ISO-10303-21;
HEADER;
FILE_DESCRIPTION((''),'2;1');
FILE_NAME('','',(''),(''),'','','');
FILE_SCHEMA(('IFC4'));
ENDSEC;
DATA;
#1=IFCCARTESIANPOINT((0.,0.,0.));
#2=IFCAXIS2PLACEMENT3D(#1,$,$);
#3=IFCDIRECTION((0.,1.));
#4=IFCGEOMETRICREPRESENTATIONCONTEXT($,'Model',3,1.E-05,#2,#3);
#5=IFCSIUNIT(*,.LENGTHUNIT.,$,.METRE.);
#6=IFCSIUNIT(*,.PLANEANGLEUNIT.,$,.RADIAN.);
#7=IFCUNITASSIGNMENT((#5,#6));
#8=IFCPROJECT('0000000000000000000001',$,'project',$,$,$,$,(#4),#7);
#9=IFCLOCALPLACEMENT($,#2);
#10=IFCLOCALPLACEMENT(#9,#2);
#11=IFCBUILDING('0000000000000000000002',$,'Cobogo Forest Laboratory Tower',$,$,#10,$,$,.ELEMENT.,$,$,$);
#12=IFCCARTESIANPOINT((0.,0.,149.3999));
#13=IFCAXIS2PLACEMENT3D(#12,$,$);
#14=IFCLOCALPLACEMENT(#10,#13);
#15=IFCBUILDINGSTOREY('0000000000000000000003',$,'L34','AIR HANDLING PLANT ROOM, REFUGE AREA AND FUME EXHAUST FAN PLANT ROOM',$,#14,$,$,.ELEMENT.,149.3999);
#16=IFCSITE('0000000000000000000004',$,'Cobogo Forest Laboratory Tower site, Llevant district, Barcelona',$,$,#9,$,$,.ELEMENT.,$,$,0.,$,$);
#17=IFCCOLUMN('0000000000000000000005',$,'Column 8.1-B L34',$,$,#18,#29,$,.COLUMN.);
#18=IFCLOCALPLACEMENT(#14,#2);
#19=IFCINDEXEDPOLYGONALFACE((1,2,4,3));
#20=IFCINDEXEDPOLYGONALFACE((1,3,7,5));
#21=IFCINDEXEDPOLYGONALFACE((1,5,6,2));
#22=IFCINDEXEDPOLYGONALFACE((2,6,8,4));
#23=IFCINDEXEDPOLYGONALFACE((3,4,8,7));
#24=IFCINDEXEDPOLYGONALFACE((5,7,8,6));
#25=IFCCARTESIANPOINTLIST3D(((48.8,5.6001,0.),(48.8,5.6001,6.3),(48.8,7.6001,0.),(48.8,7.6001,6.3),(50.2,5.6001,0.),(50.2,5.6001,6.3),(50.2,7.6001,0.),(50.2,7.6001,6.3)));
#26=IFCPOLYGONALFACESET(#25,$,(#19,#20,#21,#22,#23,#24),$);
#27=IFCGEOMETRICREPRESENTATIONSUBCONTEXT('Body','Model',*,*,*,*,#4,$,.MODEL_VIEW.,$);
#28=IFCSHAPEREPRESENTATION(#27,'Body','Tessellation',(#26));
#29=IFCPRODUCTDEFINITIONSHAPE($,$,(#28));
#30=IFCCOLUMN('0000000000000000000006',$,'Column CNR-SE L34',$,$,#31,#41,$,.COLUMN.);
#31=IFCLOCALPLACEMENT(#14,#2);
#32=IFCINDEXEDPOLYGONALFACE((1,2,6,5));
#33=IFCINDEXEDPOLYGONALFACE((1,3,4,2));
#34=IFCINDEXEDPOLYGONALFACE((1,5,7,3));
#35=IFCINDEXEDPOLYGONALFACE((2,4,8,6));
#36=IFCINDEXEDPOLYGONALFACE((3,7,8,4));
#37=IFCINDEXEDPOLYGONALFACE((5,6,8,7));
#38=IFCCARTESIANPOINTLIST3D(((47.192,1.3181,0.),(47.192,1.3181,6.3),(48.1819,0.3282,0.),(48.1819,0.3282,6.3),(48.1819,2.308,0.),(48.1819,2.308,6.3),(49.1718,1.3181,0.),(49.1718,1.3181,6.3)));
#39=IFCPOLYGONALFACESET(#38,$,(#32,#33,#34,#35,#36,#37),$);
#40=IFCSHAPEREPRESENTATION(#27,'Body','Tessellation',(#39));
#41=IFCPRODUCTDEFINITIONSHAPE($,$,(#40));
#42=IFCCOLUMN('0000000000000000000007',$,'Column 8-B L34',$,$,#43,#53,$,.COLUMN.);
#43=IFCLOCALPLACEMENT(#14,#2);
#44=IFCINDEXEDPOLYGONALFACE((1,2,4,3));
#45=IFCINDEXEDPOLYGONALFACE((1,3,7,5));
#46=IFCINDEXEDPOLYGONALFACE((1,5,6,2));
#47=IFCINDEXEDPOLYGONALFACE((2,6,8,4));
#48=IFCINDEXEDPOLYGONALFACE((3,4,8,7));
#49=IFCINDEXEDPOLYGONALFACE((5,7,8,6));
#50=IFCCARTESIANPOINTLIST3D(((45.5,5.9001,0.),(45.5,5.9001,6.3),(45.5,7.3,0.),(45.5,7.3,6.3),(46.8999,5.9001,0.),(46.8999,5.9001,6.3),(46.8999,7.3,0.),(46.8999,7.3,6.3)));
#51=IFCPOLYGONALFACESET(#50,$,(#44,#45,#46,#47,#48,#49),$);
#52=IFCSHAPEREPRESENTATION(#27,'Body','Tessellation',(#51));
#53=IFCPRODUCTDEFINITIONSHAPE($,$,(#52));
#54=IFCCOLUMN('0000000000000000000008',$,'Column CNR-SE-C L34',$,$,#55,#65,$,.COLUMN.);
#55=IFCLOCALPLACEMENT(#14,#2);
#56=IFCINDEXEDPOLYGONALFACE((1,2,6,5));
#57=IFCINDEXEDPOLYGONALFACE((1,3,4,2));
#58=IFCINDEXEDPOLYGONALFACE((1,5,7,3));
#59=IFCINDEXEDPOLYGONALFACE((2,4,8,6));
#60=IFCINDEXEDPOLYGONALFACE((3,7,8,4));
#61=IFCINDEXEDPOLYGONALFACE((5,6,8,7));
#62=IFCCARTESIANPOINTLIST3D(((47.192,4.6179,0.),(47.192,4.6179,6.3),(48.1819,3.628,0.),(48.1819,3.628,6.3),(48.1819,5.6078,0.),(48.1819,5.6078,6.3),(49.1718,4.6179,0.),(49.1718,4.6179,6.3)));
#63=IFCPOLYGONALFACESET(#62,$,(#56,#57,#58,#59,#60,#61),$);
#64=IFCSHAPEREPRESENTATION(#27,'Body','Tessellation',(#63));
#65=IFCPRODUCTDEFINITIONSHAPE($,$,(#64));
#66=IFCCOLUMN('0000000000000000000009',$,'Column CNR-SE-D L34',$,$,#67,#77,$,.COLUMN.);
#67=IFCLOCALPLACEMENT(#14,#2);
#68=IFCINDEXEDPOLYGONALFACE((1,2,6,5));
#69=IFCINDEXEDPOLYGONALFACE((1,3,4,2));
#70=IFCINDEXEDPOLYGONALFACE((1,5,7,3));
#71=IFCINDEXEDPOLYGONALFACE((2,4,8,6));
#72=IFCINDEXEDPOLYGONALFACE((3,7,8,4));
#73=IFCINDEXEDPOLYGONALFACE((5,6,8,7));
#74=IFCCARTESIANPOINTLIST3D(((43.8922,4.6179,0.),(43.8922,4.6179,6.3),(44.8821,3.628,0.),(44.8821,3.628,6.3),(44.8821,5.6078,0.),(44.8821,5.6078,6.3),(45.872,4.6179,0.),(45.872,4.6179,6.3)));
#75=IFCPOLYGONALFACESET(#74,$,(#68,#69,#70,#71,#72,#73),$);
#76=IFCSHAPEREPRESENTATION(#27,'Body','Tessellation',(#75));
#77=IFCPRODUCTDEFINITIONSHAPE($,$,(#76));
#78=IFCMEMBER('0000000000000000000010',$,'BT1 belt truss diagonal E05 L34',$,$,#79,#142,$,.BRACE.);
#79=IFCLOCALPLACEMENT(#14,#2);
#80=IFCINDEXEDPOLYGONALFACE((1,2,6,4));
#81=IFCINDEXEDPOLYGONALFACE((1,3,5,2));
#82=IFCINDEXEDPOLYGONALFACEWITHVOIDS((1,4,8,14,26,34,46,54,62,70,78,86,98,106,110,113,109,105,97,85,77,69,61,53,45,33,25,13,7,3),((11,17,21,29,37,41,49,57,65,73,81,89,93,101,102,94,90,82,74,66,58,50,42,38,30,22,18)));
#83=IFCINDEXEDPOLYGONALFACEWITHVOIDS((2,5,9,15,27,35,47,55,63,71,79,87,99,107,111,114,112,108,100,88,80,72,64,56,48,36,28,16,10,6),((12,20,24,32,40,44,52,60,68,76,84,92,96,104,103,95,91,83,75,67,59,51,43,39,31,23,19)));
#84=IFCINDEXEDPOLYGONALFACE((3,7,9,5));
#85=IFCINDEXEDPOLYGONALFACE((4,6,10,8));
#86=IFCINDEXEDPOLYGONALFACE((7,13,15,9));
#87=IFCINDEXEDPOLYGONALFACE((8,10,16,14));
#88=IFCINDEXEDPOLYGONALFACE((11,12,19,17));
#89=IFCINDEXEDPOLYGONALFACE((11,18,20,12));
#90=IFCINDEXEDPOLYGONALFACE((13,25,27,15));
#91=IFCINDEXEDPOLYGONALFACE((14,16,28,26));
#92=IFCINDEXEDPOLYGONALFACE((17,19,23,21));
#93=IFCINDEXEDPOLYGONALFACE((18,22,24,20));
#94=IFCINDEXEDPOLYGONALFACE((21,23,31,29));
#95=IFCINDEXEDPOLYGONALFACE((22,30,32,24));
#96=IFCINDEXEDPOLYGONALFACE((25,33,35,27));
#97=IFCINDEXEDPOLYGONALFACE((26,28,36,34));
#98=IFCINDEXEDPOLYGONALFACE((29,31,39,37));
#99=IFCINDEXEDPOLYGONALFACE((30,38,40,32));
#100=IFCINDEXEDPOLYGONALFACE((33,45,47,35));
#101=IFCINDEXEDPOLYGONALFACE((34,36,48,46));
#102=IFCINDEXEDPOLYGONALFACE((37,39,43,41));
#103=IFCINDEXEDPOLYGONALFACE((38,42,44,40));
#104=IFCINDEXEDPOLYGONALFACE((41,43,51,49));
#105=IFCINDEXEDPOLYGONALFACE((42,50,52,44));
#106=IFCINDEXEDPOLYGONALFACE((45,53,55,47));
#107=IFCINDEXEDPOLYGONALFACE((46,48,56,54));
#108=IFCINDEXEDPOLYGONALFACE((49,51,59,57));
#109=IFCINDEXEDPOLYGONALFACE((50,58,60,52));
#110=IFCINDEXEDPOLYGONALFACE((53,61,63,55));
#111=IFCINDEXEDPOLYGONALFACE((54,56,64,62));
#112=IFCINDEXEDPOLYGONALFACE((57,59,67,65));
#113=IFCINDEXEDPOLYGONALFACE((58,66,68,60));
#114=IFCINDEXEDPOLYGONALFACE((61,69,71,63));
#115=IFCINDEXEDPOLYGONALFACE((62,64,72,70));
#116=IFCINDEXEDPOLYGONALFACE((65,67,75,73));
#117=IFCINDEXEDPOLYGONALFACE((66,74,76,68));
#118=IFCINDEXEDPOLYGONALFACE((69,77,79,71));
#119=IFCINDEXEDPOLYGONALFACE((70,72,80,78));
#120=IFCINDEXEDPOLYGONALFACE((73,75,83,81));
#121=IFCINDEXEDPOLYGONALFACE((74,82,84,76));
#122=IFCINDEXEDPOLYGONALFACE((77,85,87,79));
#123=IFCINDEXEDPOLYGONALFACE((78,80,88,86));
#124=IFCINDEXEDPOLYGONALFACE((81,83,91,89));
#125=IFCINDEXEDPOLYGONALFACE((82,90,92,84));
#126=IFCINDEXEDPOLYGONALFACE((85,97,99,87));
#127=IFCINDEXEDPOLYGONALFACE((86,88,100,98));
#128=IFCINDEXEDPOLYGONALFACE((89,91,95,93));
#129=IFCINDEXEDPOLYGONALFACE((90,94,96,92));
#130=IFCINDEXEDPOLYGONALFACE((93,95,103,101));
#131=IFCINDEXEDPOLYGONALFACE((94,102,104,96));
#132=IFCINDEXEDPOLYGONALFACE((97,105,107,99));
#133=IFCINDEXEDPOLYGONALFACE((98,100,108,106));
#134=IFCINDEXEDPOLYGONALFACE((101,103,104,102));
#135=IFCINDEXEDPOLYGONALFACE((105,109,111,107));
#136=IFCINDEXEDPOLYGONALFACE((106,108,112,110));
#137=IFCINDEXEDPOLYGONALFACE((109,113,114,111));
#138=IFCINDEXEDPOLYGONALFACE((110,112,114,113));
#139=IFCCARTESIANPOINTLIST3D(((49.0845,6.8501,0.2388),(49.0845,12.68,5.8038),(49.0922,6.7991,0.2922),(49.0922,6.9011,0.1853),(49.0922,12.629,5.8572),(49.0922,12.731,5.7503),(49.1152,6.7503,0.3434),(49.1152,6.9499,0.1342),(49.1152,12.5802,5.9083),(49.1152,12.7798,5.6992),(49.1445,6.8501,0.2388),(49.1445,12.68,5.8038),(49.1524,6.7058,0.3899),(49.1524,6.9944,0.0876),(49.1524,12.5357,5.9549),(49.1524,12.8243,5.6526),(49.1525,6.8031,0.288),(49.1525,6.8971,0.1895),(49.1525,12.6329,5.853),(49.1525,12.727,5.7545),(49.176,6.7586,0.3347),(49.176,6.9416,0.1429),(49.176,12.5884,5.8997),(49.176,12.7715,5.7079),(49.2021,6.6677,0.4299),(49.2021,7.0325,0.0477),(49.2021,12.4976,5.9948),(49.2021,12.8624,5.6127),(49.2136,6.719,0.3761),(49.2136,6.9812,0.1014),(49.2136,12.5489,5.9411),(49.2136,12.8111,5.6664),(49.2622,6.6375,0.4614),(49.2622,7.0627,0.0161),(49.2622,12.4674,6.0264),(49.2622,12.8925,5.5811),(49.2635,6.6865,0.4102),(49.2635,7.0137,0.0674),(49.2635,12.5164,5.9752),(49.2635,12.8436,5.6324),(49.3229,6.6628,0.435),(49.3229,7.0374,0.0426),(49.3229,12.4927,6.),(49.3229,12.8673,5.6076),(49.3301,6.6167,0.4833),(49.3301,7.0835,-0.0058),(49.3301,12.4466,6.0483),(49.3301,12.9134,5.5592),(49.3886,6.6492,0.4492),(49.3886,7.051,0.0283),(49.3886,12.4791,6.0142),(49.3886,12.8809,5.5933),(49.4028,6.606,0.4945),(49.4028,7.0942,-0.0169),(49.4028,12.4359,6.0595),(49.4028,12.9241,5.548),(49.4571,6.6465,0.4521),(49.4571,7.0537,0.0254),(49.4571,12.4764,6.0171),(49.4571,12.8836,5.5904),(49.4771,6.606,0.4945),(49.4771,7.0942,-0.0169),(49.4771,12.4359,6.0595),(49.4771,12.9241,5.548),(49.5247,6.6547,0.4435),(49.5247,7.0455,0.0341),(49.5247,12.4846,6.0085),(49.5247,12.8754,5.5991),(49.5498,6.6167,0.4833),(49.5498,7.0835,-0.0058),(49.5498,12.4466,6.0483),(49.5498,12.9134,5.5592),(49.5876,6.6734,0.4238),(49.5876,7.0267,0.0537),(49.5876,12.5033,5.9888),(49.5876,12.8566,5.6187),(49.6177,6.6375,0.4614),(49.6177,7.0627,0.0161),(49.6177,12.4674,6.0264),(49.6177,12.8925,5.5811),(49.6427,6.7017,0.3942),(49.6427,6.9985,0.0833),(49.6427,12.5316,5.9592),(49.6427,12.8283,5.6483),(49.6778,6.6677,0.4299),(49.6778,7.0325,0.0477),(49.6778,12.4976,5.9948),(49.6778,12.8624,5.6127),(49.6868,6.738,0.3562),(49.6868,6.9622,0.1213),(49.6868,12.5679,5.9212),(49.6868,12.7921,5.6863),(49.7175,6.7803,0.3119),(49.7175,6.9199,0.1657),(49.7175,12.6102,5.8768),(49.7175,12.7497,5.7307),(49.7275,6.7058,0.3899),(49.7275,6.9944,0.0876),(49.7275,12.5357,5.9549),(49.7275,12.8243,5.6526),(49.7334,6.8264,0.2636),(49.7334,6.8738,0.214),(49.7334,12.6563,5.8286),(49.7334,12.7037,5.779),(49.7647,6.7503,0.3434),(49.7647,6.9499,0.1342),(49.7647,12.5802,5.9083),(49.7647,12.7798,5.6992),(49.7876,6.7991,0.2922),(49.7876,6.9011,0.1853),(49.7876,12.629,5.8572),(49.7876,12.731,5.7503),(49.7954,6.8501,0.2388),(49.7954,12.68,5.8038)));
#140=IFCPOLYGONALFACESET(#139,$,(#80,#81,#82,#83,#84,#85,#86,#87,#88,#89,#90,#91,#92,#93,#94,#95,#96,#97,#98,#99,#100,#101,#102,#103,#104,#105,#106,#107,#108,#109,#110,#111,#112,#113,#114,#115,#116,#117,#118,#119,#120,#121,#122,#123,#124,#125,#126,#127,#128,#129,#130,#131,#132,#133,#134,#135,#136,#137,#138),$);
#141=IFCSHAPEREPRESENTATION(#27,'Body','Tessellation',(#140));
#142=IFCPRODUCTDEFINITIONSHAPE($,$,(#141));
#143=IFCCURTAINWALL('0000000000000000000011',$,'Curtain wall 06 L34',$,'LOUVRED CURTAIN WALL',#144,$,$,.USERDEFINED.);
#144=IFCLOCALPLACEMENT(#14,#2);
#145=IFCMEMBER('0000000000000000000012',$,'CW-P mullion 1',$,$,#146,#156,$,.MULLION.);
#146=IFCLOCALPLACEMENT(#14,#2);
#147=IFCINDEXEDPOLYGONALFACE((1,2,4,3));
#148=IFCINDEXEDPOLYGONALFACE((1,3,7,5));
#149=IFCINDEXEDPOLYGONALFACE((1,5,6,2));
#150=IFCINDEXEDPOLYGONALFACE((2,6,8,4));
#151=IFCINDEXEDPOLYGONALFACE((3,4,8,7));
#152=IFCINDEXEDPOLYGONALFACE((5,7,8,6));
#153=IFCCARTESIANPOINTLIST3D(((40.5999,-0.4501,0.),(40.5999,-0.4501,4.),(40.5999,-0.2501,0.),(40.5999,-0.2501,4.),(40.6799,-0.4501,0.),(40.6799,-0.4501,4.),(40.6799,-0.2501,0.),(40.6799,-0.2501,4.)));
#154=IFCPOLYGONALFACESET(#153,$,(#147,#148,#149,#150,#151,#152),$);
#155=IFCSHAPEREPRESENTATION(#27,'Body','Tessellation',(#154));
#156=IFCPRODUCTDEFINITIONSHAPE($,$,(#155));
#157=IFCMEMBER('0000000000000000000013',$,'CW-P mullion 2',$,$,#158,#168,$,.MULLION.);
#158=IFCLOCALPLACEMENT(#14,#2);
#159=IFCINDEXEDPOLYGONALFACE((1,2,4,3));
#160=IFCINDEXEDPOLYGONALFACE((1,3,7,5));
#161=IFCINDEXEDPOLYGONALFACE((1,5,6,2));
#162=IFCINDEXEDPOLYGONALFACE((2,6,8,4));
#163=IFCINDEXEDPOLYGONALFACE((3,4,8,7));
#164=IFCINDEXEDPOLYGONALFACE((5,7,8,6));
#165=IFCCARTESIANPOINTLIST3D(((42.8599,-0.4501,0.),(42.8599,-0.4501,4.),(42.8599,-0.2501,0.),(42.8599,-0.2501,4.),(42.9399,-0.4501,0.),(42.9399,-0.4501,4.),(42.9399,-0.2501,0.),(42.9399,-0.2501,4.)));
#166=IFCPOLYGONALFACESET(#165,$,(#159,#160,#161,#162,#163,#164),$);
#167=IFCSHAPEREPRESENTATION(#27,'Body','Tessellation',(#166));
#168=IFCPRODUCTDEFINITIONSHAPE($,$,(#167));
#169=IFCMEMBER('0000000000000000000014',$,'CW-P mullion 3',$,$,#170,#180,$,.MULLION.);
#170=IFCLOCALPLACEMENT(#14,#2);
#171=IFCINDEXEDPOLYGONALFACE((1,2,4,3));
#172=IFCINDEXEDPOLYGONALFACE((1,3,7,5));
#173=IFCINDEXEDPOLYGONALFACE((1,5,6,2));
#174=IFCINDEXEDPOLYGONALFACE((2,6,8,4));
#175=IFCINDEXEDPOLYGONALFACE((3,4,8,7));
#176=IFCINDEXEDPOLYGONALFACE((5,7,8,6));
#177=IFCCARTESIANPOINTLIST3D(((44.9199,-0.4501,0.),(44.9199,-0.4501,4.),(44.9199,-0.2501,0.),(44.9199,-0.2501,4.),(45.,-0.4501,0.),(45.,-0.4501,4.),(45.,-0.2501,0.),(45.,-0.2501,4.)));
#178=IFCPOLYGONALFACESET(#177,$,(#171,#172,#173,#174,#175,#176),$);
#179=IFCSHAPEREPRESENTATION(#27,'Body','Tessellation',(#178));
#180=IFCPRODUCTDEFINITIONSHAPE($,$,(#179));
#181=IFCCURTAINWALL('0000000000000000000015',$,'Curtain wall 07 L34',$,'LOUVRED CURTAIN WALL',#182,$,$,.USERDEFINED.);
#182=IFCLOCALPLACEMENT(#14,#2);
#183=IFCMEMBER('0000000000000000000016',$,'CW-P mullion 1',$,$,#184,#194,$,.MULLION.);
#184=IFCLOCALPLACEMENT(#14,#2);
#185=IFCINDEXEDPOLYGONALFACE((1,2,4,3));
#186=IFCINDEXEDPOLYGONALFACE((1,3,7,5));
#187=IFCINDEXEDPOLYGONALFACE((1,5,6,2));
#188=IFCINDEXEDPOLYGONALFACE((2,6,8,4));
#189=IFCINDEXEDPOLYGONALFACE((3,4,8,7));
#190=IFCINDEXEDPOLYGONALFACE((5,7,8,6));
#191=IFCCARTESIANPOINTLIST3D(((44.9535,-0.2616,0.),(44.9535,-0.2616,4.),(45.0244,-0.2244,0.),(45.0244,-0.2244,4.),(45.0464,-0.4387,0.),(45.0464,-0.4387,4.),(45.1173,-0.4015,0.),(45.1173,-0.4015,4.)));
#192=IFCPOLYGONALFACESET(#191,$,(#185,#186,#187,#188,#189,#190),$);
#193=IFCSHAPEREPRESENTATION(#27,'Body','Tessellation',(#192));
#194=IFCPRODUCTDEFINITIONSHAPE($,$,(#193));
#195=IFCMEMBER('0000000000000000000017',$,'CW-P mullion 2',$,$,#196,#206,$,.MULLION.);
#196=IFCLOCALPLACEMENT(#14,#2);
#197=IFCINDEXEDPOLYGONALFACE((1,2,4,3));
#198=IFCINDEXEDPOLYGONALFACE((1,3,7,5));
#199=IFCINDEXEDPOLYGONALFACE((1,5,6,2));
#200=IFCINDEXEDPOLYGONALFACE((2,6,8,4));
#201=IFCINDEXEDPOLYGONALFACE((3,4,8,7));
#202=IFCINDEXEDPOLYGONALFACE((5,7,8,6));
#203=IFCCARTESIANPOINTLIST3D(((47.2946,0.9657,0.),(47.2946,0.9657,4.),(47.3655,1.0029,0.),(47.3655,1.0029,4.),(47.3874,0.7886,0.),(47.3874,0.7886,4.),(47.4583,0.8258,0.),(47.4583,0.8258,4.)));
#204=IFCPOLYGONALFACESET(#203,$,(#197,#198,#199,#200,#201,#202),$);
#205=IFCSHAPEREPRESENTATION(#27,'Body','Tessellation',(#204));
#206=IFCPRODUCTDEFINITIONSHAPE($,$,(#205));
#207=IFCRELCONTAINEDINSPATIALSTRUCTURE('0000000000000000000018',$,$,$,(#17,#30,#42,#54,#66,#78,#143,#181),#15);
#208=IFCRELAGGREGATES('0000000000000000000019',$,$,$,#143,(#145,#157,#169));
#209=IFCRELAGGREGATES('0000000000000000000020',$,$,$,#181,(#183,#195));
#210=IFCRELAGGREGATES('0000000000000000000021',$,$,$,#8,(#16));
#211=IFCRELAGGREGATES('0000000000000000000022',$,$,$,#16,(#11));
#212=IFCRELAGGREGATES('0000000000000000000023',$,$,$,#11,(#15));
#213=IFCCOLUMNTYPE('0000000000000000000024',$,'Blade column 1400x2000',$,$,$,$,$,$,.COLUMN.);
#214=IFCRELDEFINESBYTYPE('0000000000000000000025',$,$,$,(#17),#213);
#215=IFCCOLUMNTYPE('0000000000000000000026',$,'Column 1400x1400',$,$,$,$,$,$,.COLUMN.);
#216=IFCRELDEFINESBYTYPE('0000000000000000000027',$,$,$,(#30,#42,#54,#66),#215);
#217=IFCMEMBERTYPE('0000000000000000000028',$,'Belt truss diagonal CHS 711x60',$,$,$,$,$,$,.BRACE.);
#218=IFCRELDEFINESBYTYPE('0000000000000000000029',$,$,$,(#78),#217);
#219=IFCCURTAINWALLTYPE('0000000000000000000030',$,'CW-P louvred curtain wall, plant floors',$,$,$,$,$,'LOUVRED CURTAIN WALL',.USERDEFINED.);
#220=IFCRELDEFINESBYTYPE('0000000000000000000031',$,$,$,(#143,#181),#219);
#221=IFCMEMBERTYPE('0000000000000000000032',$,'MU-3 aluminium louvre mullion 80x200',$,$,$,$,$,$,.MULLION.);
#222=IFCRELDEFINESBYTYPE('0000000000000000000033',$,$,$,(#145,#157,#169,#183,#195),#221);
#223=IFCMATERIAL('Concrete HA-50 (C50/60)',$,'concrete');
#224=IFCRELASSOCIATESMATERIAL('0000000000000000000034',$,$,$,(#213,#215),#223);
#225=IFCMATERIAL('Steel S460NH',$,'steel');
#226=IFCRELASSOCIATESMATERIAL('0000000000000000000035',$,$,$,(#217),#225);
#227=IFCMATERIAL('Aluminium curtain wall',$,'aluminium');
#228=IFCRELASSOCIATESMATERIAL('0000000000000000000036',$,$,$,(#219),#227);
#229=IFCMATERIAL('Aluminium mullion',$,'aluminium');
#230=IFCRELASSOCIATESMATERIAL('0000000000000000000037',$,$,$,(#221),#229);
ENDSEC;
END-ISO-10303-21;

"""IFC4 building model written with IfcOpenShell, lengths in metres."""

from ifc_helpers import new_model, si_unit, direction, frame, origin, origin_2d, place, context, subcontext, project, spatial, rectangle, hollow_circle, extrude, material, material_profile, profile_set, type_object, element, aggregate, save


model = new_model("IFC4")

# Units and contexts
model_context = context("Model", 3, precision=1e-05, world=origin(), true_north=direction((0.0, 1.0)))
body_context = subcontext(model_context, "Body", "Model", "MODEL_VIEW")
ifc_project = project(units=[si_unit("LENGTHUNIT", "METRE"), si_unit("PLANEANGLEUNIT", "RADIAN")], contexts=[model_context])

# Site, building, storey
site_placement = place(None, origin())
site = spatial("IfcSite", under=ifc_project, at=site_placement, Name="Cobogo Forest Laboratory Tower site, Llevant district, Barcelona", CompositionType="ELEMENT", RefElevation=0.0)
building_placement = place(site_placement, origin())
building = spatial("IfcBuilding", under=site, at=building_placement, Name="Cobogo Forest Laboratory Tower", CompositionType="ELEMENT")
storey_placement = place(building_placement, frame((0.0, 0.0, 149.3999)))
storey = spatial("IfcBuildingStorey", under=building, at=storey_placement, Name="L34", Description="AIR HANDLING PLANT ROOM, REFUGE AREA AND FUME EXHAUST FAN PLANT ROOM", CompositionType="ELEMENT", Elevation=149.3999)

# Columns
ifc_material_1 = material(Name="Concrete HA-50 (C50/60)", Category="concrete")
ifc_material_profile_1 = material_profile(ifc_material_1, rectangle(XDim=2.0, YDim=1.3999, at=origin_2d()), Name="RC 1400x2000")
ifc_profile_set_1 = profile_set([ifc_material_profile_1], Name="Concrete HA-50 (C50/60)")
column_type_1 = type_object("IfcColumnType", Name="Blade column 1400x2000", PredefinedType="COLUMN", material=ifc_profile_set_1)
column_placement = place(storey_placement, frame((49.5, 6.6001, 0.0), z_axis=(0.0, 0.0, 1.0), x_axis=(0.0, 1.0, 0.0)))
element("IfcColumn", 1, at=column_placement, inside=storey, type_object=column_type_1, Name="Column 8.1-B L34", PredefinedType="COLUMN", context=body_context, shape_type="SweptSolid", body=[
    extrude(rectangle(XDim=2.0, YDim=1.3999, at=origin_2d()), origin(), (0.0, 0.0, 1.0), 6.3),
])
ifc_material_profile_2 = material_profile(ifc_material_1, rectangle(XDim=1.3999, YDim=1.3999, at=origin_2d()), Name="RC 1400x1400")
ifc_profile_set_2 = profile_set([ifc_material_profile_2], Name="Concrete HA-50 (C50/60)")
column_type_2 = type_object("IfcColumnType", Name="Column 1400x1400", PredefinedType="COLUMN", material=ifc_profile_set_2)
for number, where, z_axis, x_axis, name in (
    (2, (48.1819, 1.3181, 0.0), (0.0, 0.0, 1.0), (0.707107, 0.707107, 0.0), "Column CNR-SE L34"),
    (3, (46.2, 6.6001, 0.0), (0.0, 0.0, 1.0), (1.0, 0.0, 0.0), "Column 8-B L34"),
    (4, (48.1819, 4.6179, 0.0), (0.0, 0.0, 1.0), (0.707107, 0.707107, 0.0), "Column CNR-SE-C L34"),
    (5, (44.8821, 4.6179, 0.0), (0.0, 0.0, 1.0), (0.707107, 0.707107, 0.0), "Column CNR-SE-D L34"),
):
    element("IfcColumn", number, at=place(storey_placement, frame(where, z_axis=z_axis, x_axis=x_axis)), inside=storey, type_object=column_type_2, Name=name, PredefinedType="COLUMN", context=body_context, shape_type="SweptSolid", body=[
        extrude(rectangle(XDim=1.3999, YDim=1.3999, at=origin_2d()), origin(), (0.0, 0.0, 1.0), 6.3),
    ])

# Member
ifc_material_2 = material(Name="Steel S460NH", Category="steel")
ifc_material_profile_3 = material_profile(ifc_material_2, hollow_circle(Radius=0.3555, WallThickness=0.0601, at=origin_2d()), Name="CHS 711x60")
ifc_profile_set_3 = profile_set([ifc_material_profile_3], Name="Steel S460NH")
member_type_1 = type_object("IfcMemberType", Name="Belt truss diagonal CHS 711x60", PredefinedType="BRACE", material=ifc_profile_set_3)
member_1_placement = place(storey_placement, frame((49.4399, 6.8501, 0.2388), z_axis=(0.0, 0.723349, 0.690482), x_axis=(-1.0, 0.0, 0.0)))
element("IfcMember", 6, at=member_1_placement, inside=storey, type_object=member_type_1, Name="BT1 belt truss diagonal E05 L34", PredefinedType="BRACE", context=body_context, shape_type="SweptSolid", body=[
    extrude(hollow_circle(Radius=0.3555, WallThickness=0.0601, at=origin_2d()), origin(), (0.0, 0.0, 1.0), 8.0596),
])

# Curtain walls, members
ifc_material_3 = material(Name="Aluminium curtain wall", Category="aluminium")
curtain_wall_type = type_object("IfcCurtainWallType", Name="CW-P louvred curtain wall, plant floors", ElementType="LOUVRED CURTAIN WALL", PredefinedType="USERDEFINED", material=ifc_material_3)
curtain_wall_1_placement = place(storey_placement, origin())
curtain_wall_1 = element("IfcCurtainWall", 7, at=curtain_wall_1_placement, inside=storey, type_object=curtain_wall_type, Name="Curtain wall 06 L34", ObjectType="LOUVRED CURTAIN WALL", PredefinedType="USERDEFINED")
ifc_material_4 = material(Name="Aluminium mullion", Category="aluminium")
ifc_material_profile_4 = material_profile(ifc_material_4, rectangle(XDim=0.0801, YDim=0.2, at=origin_2d()), Name="AL 80x200")
ifc_profile_set_4 = profile_set([ifc_material_profile_4], Name="Aluminium mullion")
member_type_2 = type_object("IfcMemberType", Name="MU-3 aluminium louvre mullion 80x200", PredefinedType="MULLION", material=ifc_profile_set_4)
member_2_placement = place(storey_placement, frame((40.6399, -0.3501, 0.0), z_axis=(0.0, 0.0, 1.0), x_axis=(1.0, 0.0, 0.0)))
member_2 = element("IfcMember", 8, at=member_2_placement, type_object=member_type_2, Name="CW-P mullion 1", PredefinedType="MULLION", context=body_context, shape_type="SweptSolid", body=[
    extrude(rectangle(XDim=0.0801, YDim=0.2, at=origin_2d()), origin(), (0.0, 0.0, 1.0), 4.0),
])
member_3_placement = place(storey_placement, frame((42.8999, -0.3501, 0.0), z_axis=(0.0, 0.0, 1.0), x_axis=(1.0, 0.0, 0.0)))
member_3 = element("IfcMember", 9, at=member_3_placement, type_object=member_type_2, Name="CW-P mullion 2", PredefinedType="MULLION", context=body_context, shape_type="SweptSolid", body=[
    extrude(rectangle(XDim=0.0801, YDim=0.2, at=origin_2d()), origin(), (0.0, 0.0, 1.0), 4.0),
])
member_4_placement = place(storey_placement, frame((44.96, -0.3501, 0.0), z_axis=(0.0, 0.0, 1.0), x_axis=(1.0, 0.0, 0.0)))
member_4 = element("IfcMember", 10, at=member_4_placement, type_object=member_type_2, Name="CW-P mullion 3", PredefinedType="MULLION", context=body_context, shape_type="SweptSolid", body=[
    extrude(rectangle(XDim=0.0801, YDim=0.2, at=origin_2d()), origin(), (0.0, 0.0, 1.0), 4.0),
])
curtain_wall_2_placement = place(storey_placement, origin())
curtain_wall_2 = element("IfcCurtainWall", 11, at=curtain_wall_2_placement, inside=storey, type_object=curtain_wall_type, Name="Curtain wall 07 L34", ObjectType="LOUVRED CURTAIN WALL", PredefinedType="USERDEFINED")
member_5_placement = place(storey_placement, frame((45.0354, -0.3315, 0.0), z_axis=(0.0, 0.0, 1.0), x_axis=(0.885687, 0.464284, 0.0)))
member_5 = element("IfcMember", 12, at=member_5_placement, type_object=member_type_2, Name="CW-P mullion 1", PredefinedType="MULLION", context=body_context, shape_type="SweptSolid", body=[
    extrude(rectangle(XDim=0.0801, YDim=0.2, at=origin_2d()), origin(), (0.0, 0.0, 1.0), 4.0),
])
member_6_placement = place(storey_placement, frame((47.3765, 0.8958, 0.0), z_axis=(0.0, 0.0, 1.0), x_axis=(0.885687, 0.464284, 0.0)))
member_6 = element("IfcMember", 13, at=member_6_placement, type_object=member_type_2, Name="CW-P mullion 2", PredefinedType="MULLION", context=body_context, shape_type="SweptSolid", body=[
    extrude(rectangle(XDim=0.0801, YDim=0.2, at=origin_2d()), origin(), (0.0, 0.0, 1.0), 4.0),
])

aggregate(curtain_wall_1, [member_2, member_3, member_4])
aggregate(curtain_wall_2, [member_5, member_6])

save(model, "model.ifc")
